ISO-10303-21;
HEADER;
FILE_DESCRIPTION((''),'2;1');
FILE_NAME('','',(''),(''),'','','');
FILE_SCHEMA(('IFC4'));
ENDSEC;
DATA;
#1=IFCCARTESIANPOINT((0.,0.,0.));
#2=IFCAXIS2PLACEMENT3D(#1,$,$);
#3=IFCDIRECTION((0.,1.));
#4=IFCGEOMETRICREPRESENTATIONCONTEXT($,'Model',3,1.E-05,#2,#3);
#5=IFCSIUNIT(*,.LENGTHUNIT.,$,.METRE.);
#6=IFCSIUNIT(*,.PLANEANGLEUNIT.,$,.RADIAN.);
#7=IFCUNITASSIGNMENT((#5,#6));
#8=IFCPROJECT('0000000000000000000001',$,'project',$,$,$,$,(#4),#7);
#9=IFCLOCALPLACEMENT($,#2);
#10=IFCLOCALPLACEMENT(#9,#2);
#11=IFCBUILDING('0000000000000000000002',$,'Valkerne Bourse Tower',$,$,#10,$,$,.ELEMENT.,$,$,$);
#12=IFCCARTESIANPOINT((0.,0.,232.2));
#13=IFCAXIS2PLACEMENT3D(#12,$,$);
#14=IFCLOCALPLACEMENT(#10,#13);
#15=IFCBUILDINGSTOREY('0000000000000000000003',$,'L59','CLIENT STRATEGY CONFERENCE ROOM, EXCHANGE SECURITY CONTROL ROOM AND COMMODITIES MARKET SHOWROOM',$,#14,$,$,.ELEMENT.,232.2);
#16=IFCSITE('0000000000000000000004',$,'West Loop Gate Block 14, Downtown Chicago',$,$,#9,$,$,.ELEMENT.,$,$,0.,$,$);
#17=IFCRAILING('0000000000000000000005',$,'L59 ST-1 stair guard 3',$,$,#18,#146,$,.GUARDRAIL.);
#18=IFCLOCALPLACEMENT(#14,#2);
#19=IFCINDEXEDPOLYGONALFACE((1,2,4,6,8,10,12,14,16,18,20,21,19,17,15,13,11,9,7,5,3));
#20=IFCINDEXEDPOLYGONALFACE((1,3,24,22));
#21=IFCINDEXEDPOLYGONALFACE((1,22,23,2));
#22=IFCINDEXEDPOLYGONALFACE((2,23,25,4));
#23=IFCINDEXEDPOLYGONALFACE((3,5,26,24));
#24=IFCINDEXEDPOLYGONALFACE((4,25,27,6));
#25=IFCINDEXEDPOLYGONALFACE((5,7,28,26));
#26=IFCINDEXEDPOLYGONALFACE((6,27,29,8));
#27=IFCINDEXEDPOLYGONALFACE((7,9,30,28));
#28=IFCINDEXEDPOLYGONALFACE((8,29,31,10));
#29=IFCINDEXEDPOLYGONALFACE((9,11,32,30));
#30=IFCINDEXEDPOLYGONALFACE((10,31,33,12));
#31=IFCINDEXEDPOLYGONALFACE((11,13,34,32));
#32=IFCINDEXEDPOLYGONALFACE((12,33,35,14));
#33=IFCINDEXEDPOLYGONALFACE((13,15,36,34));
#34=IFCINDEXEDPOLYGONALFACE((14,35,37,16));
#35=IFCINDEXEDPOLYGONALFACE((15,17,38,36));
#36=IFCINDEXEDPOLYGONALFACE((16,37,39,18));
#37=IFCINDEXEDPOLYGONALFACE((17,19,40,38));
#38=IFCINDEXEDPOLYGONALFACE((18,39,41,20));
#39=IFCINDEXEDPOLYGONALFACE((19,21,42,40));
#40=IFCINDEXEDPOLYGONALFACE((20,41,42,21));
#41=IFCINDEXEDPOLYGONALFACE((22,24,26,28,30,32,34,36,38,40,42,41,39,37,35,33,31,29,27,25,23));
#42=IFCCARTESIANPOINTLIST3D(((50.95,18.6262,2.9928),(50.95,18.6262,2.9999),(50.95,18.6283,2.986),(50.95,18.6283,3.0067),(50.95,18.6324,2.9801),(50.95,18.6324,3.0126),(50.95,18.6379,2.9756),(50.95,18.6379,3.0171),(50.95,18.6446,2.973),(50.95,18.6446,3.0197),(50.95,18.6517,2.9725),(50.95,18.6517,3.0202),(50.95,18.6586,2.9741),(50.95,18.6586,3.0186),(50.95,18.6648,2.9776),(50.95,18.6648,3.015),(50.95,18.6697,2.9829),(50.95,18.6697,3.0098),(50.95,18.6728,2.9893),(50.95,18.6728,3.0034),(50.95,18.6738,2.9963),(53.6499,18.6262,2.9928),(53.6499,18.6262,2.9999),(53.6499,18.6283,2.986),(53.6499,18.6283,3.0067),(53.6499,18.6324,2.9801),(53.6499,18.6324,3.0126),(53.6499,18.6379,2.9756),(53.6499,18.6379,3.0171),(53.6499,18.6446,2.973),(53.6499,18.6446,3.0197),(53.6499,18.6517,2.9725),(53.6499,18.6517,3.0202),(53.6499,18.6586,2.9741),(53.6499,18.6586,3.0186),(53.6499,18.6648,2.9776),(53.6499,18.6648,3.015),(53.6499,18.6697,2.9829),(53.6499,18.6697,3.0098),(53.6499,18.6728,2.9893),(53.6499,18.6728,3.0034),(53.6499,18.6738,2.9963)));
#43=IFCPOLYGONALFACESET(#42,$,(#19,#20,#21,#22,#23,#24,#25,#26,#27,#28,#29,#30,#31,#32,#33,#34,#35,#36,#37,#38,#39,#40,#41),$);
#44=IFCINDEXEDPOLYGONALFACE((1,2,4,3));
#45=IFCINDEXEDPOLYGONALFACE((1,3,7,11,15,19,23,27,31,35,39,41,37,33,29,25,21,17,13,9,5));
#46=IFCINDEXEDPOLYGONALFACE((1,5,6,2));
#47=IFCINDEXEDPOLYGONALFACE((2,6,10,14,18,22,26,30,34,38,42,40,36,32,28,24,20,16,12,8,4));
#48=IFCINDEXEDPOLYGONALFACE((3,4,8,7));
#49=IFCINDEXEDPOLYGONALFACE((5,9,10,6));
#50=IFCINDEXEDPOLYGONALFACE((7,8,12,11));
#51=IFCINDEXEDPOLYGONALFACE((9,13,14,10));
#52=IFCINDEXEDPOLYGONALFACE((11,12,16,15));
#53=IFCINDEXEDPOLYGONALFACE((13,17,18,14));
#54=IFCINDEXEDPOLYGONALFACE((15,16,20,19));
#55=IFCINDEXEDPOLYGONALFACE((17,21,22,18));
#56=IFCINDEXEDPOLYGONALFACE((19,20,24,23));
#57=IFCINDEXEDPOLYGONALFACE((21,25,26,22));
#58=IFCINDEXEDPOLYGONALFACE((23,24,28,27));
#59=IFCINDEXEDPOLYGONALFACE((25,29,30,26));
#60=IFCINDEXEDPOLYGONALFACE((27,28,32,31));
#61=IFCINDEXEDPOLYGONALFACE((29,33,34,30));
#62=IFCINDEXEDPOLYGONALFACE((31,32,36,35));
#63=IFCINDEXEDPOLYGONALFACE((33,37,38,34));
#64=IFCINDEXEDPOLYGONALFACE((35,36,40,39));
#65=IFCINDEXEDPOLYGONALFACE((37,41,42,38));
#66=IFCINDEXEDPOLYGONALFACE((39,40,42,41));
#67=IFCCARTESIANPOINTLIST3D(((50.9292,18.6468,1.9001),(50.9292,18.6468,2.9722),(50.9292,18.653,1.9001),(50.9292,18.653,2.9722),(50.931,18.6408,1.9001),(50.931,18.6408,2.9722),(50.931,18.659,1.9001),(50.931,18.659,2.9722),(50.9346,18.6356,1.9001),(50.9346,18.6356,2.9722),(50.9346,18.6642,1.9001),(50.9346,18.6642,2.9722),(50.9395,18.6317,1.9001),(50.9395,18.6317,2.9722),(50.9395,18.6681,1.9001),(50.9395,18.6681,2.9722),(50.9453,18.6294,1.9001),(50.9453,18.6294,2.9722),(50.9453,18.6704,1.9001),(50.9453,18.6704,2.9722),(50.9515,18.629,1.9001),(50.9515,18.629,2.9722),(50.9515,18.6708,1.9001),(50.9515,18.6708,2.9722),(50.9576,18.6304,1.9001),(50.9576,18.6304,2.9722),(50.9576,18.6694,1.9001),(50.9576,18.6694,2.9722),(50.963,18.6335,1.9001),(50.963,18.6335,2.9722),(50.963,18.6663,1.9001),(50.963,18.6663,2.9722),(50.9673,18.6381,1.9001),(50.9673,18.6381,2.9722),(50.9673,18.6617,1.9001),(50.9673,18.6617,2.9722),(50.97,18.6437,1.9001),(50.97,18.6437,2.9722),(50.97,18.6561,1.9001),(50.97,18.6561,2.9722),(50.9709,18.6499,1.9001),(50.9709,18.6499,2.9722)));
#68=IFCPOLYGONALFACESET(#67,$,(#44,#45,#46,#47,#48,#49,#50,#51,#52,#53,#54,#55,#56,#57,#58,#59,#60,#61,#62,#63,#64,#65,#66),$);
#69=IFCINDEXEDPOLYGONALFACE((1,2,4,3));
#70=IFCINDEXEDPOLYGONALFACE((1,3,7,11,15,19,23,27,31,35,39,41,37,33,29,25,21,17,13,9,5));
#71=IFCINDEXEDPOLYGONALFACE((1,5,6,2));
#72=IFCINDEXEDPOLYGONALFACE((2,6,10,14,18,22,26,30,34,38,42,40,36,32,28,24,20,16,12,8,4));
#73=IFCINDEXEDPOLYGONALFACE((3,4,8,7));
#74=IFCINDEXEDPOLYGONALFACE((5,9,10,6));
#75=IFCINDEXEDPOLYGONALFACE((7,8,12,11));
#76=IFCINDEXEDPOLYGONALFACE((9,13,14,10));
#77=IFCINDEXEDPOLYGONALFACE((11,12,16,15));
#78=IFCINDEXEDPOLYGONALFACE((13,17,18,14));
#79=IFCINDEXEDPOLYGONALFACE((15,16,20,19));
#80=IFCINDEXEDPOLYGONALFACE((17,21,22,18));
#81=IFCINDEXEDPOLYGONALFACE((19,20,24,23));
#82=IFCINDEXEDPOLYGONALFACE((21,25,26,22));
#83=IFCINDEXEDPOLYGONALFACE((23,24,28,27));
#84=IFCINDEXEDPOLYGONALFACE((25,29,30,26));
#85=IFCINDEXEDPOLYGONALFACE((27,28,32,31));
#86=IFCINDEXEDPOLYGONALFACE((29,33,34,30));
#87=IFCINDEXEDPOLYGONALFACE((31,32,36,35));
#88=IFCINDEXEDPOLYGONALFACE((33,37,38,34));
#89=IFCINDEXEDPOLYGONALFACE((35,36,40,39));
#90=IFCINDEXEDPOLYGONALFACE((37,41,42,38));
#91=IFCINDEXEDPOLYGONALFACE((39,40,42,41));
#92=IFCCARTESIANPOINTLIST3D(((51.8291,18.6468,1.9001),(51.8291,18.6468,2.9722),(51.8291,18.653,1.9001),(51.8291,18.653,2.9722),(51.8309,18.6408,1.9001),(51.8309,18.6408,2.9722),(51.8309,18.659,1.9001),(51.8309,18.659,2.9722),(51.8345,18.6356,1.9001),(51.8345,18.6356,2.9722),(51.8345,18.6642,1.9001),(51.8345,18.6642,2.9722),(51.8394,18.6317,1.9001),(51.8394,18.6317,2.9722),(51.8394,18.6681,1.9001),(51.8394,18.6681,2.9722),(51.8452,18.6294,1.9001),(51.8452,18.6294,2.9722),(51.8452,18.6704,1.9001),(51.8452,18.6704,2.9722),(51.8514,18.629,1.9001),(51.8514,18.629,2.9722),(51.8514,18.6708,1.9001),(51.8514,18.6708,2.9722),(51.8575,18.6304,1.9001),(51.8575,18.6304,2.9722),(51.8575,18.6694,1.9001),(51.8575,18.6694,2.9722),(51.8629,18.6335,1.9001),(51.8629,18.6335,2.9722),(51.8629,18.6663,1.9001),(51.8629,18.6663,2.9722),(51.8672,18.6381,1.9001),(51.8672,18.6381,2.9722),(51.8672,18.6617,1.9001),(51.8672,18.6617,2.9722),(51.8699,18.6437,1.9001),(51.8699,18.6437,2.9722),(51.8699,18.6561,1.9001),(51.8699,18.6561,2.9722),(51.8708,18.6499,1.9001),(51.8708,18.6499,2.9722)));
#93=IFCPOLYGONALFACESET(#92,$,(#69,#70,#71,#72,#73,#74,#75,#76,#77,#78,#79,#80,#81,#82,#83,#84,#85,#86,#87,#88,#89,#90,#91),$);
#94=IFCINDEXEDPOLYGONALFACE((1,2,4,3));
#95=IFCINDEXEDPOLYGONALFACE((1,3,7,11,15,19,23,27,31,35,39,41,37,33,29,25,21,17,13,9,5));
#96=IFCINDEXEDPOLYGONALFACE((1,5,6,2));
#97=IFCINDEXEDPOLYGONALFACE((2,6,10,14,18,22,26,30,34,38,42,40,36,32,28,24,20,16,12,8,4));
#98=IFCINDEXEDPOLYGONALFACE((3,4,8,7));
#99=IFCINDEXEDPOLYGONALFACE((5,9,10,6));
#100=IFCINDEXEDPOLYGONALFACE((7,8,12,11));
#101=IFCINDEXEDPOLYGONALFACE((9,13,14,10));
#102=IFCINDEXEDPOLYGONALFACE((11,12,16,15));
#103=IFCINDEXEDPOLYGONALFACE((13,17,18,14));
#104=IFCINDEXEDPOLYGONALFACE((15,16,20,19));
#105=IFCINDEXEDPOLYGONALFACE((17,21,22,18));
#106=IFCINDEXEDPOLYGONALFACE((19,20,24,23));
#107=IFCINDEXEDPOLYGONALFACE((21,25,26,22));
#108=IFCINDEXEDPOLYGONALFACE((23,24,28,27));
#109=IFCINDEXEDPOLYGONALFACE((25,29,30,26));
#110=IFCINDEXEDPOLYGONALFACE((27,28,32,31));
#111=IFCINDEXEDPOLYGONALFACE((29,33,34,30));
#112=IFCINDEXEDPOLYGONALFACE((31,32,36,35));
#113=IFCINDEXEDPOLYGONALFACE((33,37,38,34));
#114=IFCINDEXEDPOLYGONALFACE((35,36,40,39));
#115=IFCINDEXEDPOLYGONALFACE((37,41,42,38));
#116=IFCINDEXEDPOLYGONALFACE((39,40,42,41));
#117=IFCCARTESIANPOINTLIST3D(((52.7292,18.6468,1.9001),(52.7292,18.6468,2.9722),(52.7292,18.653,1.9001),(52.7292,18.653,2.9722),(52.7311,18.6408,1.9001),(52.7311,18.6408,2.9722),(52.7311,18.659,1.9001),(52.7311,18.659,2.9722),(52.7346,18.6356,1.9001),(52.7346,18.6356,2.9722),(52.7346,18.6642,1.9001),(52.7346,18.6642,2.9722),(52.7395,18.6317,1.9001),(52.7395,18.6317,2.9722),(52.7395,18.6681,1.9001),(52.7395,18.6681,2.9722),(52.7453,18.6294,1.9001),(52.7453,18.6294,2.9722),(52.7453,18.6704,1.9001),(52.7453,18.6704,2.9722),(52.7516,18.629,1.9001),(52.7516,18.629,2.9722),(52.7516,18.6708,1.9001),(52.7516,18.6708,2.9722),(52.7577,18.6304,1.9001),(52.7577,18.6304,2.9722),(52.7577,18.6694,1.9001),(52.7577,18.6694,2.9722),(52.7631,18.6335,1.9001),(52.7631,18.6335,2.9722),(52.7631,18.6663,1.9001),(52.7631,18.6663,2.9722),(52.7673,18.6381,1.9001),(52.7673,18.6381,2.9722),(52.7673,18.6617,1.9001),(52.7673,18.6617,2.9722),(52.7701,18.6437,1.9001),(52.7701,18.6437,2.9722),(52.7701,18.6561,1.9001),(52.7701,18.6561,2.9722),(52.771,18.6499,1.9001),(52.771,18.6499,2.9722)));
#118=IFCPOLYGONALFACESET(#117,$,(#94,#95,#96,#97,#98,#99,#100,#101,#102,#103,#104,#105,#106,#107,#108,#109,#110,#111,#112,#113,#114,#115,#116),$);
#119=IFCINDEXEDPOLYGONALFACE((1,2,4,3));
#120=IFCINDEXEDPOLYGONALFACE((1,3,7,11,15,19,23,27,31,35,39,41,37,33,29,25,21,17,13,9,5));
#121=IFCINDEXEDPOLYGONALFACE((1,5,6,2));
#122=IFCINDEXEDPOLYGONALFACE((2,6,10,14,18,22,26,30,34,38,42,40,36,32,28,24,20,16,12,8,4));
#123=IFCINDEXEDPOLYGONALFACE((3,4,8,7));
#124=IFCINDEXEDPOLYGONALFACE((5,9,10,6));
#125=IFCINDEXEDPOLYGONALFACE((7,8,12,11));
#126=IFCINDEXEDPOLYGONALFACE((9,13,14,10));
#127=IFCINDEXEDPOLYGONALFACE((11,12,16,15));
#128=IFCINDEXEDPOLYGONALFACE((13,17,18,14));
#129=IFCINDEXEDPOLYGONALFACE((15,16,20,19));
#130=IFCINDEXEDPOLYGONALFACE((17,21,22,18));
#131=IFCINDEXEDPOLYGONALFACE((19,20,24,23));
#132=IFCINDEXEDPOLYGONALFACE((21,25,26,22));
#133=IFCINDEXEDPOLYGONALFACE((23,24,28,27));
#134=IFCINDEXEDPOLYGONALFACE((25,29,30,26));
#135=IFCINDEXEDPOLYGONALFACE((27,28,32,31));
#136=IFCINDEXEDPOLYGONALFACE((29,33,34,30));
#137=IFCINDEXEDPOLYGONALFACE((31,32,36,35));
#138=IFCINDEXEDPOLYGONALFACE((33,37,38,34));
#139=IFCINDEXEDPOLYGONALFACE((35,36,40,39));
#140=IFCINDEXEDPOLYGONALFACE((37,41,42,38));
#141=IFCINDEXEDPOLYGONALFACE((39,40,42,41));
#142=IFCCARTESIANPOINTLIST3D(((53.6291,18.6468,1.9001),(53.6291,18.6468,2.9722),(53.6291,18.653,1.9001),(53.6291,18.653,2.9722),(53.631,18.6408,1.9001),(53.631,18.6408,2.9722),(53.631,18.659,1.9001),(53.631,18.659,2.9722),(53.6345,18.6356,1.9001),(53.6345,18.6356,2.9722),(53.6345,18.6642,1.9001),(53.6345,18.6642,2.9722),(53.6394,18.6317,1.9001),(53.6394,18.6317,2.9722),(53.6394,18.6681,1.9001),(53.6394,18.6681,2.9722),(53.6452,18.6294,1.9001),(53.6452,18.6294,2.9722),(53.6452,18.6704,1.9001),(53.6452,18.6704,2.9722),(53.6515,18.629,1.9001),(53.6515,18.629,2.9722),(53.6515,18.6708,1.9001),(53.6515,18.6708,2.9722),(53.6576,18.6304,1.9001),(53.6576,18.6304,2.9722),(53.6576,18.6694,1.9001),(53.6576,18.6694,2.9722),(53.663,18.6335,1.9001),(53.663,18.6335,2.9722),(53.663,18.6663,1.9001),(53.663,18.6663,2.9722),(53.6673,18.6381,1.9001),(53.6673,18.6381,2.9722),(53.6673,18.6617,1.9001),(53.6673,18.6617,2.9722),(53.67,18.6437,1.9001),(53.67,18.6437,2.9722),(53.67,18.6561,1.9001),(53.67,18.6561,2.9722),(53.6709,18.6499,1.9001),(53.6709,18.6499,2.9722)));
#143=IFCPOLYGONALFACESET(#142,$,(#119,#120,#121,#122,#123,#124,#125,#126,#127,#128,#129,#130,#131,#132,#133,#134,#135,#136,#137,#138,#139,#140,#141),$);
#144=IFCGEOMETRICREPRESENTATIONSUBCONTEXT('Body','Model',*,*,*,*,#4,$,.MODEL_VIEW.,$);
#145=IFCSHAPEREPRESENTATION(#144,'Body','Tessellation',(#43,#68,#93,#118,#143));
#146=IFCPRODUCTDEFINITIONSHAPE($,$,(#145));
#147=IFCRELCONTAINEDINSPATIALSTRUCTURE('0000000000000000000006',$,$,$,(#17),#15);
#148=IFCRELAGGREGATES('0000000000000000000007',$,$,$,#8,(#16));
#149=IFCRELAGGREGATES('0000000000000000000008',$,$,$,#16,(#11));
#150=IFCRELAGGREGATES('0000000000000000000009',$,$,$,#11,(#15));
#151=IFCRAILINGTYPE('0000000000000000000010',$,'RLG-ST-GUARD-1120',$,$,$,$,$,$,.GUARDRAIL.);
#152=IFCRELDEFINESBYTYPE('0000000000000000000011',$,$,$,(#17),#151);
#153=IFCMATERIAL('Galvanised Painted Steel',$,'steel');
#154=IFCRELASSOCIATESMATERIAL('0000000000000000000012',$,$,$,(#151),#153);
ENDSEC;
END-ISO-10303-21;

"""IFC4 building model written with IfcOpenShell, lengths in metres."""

from ifc_helpers import new_model, si_unit, direction, frame, origin, origin_2d, place, context, subcontext, project, spatial, circle, extrude, material, type_object, element, save


model = new_model("IFC4")

# Units and contexts
model_context = context("Model", 3, precision=1e-05, world=origin(), true_north=direction((0.0, 1.0)))
body_context = subcontext(model_context, "Body", "Model", "MODEL_VIEW")
ifc_project = project(units=[si_unit("LENGTHUNIT", "METRE"), si_unit("PLANEANGLEUNIT", "RADIAN")], contexts=[model_context])

# Site, building, storey
site_placement = place(None, origin())
site = spatial("IfcSite", under=ifc_project, at=site_placement, Name="West Loop Gate Block 14, Downtown Chicago", CompositionType="ELEMENT", RefElevation=0.0)
building_placement = place(site_placement, origin())
building = spatial("IfcBuilding", under=site, at=building_placement, Name="Valkerne Bourse Tower", CompositionType="ELEMENT")
storey_placement = place(building_placement, frame((0.0, 0.0, 232.2)))
storey = spatial("IfcBuildingStorey", under=building, at=storey_placement, Name="L59", Description="CLIENT STRATEGY CONFERENCE ROOM, EXCHANGE SECURITY CONTROL ROOM AND COMMODITIES MARKET SHOWROOM", CompositionType="ELEMENT", Elevation=232.2)

# Shared definitions
ifc_material_1 = material(Name="Galvanised Painted Steel", Category="steel")

# Railing
railing_type_1 = type_object("IfcRailingType", Name="RLG-ST-GUARD-1120", PredefinedType="GUARDRAIL", material=ifc_material_1)
for number, where, name in (
    (1, (50.95, 18.6499, 1.9001), "L59 ST-1 stair guard 3"),
):
    element("IfcRailing", number, at=place(storey_placement, frame(where)), inside=storey, type_object=railing_type_1, Name=name, PredefinedType="GUARDRAIL", context=body_context, shape_type="SweptSolid", body=[
        extrude(circle(Radius=0.0239, at=origin_2d()), frame((0.0, 0.0, 1.0962), z_axis=(1.0, 0.0, 0.0), x_axis=(0.0, 1.0, 0.0)), (0.0, 0.0, 1.0), 2.7),
        extrude(circle(Radius=0.021, at=origin_2d()), origin(), (0.0, 0.0, 1.0), 1.072),
        extrude(circle(Radius=0.021, at=origin_2d()), frame((0.8999, 0.0, 0.0)), (0.0, 0.0, 1.0), 1.072),
        extrude(circle(Radius=0.021, at=origin_2d()), frame((1.8, 0.0, 0.0)), (0.0, 0.0, 1.0), 1.072),
        extrude(circle(Radius=0.021, at=origin_2d()), frame((2.7, 0.0, 0.0)), (0.0, 0.0, 1.0), 1.072),
    ])

save(model, "model.ifc")
